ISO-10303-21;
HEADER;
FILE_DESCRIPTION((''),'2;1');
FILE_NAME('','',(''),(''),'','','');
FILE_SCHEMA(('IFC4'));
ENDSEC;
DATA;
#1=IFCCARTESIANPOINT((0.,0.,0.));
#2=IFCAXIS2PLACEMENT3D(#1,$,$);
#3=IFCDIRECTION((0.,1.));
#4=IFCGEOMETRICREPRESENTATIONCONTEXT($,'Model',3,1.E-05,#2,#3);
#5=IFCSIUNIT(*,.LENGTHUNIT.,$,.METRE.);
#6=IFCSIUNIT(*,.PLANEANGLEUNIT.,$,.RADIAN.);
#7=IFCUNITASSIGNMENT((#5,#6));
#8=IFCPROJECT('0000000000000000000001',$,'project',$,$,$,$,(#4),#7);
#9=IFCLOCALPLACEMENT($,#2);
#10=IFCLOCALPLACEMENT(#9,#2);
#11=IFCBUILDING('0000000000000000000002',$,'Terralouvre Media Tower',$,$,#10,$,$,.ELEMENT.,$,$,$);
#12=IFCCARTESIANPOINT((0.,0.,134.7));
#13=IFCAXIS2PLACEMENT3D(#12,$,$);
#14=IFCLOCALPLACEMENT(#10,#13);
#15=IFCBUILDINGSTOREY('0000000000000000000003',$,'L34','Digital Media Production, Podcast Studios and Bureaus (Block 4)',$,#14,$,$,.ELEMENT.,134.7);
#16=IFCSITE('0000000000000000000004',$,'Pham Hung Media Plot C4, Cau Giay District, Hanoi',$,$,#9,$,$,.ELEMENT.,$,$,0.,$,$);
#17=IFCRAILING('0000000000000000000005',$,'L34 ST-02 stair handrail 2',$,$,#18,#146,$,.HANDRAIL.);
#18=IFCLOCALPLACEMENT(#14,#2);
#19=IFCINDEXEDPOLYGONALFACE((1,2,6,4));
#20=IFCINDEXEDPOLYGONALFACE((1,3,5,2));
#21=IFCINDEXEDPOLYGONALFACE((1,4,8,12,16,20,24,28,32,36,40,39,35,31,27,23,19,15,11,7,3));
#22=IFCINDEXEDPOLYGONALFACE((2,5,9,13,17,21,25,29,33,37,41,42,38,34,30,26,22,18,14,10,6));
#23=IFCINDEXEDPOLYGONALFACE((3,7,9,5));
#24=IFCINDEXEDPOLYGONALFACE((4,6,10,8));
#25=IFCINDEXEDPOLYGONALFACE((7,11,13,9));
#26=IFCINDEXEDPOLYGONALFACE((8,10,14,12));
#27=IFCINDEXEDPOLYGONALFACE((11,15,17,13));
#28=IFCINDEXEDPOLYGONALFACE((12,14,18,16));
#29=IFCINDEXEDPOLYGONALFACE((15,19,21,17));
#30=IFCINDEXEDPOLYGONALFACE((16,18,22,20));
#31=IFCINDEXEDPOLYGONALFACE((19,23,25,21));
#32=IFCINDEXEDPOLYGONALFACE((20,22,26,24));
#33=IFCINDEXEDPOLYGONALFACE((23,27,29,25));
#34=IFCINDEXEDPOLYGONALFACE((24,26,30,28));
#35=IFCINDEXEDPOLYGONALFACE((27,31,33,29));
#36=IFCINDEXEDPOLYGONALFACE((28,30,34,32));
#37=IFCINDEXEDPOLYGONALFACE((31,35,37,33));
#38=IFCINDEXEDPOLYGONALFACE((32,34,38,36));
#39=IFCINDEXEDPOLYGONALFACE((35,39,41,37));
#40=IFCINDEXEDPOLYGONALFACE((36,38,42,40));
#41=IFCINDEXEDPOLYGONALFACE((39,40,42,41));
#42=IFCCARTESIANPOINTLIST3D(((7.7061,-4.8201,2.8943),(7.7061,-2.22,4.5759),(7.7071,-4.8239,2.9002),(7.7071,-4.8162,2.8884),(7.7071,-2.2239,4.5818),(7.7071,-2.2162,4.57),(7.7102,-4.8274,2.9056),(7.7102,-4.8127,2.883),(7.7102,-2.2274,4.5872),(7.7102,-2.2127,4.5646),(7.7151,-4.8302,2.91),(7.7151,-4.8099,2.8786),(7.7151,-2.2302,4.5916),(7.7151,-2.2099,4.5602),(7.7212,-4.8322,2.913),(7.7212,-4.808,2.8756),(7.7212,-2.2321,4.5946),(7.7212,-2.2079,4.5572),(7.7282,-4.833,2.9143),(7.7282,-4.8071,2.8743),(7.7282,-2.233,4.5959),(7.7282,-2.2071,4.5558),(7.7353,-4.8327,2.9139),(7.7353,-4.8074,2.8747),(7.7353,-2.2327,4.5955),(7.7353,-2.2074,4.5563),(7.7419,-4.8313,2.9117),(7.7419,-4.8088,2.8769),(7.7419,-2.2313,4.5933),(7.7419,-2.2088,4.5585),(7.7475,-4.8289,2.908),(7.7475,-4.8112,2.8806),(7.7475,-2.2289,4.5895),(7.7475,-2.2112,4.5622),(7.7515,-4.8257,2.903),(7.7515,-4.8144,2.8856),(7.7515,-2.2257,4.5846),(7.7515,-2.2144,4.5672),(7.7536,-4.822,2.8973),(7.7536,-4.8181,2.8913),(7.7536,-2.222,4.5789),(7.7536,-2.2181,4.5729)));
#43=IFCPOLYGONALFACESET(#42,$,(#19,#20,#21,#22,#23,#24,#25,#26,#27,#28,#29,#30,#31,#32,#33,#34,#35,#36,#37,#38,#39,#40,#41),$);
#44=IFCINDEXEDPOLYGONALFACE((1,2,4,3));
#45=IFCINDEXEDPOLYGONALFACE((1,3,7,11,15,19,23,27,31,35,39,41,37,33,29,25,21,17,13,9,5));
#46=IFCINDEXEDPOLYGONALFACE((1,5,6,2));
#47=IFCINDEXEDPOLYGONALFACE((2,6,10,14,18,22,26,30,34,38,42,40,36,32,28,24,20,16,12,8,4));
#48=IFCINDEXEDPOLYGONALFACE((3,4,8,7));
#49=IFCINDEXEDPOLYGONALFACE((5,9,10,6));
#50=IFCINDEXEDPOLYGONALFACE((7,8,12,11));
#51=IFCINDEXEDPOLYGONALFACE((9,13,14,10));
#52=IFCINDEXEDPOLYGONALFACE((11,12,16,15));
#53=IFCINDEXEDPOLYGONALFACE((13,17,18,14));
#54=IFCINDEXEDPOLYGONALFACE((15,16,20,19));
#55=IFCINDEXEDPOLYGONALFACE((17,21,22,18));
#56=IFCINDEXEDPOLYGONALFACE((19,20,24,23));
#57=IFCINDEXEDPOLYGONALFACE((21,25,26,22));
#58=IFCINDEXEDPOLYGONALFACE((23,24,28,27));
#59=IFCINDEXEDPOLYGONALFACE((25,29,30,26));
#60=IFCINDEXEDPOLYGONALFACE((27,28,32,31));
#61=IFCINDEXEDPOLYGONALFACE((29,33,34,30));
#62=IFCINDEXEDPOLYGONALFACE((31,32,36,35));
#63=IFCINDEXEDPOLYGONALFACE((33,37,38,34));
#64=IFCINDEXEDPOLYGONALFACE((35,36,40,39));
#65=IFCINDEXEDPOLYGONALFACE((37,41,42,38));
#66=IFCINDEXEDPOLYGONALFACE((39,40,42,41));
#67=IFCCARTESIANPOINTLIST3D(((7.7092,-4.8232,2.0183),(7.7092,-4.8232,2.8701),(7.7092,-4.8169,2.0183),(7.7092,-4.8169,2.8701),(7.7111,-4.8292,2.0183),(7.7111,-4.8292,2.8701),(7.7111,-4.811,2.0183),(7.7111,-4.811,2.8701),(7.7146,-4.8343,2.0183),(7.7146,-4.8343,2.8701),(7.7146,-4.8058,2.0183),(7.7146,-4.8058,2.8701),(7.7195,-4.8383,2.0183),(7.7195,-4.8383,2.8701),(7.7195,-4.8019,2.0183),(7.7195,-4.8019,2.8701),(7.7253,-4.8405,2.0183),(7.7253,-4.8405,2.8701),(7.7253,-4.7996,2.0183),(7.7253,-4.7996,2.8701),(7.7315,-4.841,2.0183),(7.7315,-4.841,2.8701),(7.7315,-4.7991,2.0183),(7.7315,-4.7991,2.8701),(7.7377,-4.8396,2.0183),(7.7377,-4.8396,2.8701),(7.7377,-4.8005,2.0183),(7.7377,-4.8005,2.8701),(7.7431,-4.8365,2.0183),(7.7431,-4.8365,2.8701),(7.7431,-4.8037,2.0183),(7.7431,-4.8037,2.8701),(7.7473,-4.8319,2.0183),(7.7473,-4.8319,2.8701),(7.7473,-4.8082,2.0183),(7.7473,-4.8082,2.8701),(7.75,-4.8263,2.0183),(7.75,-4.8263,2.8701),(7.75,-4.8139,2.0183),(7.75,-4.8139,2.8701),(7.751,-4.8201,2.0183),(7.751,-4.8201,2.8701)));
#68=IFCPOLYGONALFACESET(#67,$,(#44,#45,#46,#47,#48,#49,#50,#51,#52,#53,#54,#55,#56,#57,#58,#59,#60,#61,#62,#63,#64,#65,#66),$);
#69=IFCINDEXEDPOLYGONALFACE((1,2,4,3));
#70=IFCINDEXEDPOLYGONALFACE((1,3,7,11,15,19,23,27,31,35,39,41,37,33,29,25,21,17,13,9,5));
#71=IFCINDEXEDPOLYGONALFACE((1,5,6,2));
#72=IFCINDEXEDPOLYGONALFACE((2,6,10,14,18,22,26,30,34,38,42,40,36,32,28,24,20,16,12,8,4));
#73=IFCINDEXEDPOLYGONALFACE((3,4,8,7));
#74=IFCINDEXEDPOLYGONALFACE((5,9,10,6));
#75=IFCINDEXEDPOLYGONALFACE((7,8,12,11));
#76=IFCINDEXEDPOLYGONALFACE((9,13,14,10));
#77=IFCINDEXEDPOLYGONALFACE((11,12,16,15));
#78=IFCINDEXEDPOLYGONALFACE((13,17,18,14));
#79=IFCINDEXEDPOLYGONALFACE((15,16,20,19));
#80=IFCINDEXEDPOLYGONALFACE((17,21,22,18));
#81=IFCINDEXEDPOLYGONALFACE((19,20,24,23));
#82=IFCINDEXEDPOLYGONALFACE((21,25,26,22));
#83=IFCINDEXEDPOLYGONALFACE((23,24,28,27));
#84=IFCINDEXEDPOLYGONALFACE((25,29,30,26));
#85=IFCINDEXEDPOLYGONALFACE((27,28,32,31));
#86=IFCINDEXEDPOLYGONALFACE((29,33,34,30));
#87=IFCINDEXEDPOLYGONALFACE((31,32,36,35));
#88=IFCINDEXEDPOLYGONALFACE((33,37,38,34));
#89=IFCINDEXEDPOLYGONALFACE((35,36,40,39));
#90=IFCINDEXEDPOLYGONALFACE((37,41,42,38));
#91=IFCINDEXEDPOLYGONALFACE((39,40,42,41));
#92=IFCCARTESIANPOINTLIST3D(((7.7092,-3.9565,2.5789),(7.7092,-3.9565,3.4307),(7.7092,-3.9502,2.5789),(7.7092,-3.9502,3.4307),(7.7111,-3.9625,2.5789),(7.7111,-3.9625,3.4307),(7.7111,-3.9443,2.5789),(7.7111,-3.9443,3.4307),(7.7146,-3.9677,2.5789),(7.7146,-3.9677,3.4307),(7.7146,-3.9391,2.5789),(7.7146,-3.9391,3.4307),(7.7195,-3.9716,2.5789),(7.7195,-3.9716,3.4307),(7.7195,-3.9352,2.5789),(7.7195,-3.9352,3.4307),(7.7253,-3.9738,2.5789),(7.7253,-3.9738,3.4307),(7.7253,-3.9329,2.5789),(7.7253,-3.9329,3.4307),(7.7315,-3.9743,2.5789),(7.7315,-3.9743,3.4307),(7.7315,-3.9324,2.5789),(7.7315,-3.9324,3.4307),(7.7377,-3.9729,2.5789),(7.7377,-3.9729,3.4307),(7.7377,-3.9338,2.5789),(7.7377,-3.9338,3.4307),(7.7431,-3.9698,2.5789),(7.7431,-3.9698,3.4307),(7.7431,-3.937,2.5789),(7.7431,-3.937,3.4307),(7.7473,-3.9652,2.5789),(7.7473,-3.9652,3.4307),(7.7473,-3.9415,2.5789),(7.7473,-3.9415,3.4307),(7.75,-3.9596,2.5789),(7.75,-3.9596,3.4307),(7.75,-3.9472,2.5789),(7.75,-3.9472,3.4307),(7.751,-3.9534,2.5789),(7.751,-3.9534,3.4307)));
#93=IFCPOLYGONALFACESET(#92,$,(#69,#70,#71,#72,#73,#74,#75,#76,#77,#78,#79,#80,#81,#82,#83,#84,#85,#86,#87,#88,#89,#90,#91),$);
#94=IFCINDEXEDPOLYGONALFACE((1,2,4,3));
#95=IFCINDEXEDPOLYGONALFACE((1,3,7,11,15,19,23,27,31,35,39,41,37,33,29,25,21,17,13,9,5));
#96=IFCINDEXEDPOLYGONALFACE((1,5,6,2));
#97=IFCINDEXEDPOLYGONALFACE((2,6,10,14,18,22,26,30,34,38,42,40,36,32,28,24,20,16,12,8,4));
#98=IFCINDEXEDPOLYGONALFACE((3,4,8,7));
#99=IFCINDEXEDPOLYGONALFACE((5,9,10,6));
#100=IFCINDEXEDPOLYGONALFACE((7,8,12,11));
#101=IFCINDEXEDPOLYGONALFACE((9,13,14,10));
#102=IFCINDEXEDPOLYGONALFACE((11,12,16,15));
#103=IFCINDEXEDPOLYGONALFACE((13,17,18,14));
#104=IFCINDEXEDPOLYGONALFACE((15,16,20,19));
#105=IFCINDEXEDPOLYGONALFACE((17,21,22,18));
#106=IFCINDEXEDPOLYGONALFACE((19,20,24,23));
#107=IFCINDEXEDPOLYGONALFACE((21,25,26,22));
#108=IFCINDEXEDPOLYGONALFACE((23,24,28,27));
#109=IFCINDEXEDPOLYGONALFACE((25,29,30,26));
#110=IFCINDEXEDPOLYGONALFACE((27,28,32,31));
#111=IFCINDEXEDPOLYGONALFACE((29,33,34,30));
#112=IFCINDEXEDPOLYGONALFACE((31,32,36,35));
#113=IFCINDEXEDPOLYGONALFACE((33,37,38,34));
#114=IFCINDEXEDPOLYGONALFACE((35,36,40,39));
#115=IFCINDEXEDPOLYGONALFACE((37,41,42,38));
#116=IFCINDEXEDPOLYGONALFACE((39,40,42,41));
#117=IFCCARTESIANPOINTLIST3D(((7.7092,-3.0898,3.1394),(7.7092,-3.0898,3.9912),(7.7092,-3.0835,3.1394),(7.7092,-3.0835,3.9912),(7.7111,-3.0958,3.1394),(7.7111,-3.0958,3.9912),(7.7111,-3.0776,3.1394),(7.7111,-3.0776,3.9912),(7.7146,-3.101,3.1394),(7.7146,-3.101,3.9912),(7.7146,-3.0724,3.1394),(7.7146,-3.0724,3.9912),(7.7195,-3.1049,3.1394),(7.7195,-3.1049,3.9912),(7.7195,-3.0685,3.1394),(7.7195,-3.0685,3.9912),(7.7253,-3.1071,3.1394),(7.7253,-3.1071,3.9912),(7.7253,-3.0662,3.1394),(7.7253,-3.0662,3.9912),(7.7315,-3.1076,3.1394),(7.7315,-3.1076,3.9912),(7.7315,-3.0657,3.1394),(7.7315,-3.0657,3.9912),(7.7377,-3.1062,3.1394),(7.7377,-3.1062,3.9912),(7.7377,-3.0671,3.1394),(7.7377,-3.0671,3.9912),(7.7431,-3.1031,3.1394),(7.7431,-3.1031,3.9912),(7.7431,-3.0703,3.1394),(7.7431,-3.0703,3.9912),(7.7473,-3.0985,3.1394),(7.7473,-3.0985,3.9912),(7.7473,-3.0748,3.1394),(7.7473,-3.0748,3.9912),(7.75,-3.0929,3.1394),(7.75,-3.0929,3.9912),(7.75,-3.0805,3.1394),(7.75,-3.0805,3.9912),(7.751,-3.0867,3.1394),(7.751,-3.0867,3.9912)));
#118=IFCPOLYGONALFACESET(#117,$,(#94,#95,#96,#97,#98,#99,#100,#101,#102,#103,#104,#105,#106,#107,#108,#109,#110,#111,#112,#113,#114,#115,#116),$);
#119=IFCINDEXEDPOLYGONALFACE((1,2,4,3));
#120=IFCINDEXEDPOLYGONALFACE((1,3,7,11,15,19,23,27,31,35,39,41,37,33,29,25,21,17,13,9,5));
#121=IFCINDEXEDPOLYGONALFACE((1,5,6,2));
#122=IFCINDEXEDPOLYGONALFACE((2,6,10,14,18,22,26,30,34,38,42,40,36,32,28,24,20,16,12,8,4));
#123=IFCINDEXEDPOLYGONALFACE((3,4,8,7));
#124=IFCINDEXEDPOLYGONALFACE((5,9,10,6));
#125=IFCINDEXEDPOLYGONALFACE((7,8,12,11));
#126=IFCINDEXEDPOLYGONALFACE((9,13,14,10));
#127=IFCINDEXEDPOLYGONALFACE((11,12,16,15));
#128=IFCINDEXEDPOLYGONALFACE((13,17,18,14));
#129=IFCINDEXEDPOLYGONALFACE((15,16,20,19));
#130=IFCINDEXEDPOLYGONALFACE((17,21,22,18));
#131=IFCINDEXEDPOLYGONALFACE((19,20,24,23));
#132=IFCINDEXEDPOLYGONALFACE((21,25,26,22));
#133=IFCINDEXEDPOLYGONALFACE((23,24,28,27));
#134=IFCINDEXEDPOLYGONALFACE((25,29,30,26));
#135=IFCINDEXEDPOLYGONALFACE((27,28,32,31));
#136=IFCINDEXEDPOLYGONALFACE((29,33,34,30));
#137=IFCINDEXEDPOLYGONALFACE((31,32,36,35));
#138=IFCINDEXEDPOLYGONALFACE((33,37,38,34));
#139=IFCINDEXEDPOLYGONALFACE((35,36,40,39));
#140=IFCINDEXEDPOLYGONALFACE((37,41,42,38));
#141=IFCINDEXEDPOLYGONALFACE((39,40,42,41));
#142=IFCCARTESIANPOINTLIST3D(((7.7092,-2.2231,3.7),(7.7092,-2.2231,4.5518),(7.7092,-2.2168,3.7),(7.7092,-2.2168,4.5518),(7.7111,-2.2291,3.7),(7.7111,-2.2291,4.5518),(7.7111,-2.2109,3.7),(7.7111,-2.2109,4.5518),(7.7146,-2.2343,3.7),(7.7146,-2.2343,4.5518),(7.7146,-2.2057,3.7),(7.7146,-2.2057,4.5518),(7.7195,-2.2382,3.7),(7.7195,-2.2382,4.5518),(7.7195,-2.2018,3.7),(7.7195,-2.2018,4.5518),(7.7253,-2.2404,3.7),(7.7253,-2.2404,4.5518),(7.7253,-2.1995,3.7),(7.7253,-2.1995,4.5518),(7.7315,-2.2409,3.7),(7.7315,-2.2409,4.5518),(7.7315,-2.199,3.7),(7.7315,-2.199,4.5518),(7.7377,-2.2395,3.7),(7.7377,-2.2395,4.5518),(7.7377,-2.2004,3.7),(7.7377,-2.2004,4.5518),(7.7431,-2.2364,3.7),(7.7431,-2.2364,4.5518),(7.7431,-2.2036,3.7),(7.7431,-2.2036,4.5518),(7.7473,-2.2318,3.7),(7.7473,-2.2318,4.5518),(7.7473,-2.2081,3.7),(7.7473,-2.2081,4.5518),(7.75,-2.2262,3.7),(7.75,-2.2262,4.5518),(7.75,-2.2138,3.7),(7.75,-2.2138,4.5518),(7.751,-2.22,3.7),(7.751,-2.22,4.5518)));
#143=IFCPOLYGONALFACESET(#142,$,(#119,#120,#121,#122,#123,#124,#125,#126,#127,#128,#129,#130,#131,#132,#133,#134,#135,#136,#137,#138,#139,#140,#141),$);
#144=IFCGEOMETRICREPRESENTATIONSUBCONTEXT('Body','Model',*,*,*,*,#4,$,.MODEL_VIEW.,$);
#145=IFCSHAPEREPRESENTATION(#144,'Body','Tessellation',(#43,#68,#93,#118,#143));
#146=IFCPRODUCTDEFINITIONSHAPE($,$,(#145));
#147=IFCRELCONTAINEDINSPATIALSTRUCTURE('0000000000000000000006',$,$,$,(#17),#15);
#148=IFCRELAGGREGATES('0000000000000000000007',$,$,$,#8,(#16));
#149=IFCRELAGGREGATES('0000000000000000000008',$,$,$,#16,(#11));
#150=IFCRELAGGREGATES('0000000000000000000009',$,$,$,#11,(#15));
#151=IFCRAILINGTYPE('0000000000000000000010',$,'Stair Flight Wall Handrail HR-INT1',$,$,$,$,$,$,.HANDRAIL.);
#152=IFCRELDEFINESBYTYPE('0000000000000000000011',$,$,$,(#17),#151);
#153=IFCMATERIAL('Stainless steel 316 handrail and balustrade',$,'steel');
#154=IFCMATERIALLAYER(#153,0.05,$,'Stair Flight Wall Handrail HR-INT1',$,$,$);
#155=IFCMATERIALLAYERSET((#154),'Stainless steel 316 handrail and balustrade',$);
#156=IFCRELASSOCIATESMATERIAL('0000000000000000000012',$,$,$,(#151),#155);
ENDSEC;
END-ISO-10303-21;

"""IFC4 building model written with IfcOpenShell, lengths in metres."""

from ifc_helpers import new_model, si_unit, direction, frame, origin, origin_2d, place, context, subcontext, project, spatial, circle, extrude, material, layer, layer_set, type_object, element, save


model = new_model("IFC4")

# Units and contexts
model_context = context("Model", 3, precision=1e-05, world=origin(), true_north=direction((0.0, 1.0)))
body_context = subcontext(model_context, "Body", "Model", "MODEL_VIEW")
ifc_project = project(units=[si_unit("LENGTHUNIT", "METRE"), si_unit("PLANEANGLEUNIT", "RADIAN")], contexts=[model_context])

# Site, building, storey
site_placement = place(None, origin())
site = spatial("IfcSite", under=ifc_project, at=site_placement, Name="Pham Hung Media Plot C4, Cau Giay District, Hanoi", CompositionType="ELEMENT", RefElevation=0.0)
building_placement = place(site_placement, origin())
building = spatial("IfcBuilding", under=site, at=building_placement, Name="Terralouvre Media Tower", CompositionType="ELEMENT")
storey_placement = place(building_placement, frame((0.0, 0.0, 134.7)))
storey = spatial("IfcBuildingStorey", under=building, at=storey_placement, Name="L34", Description="Digital Media Production, Podcast Studios and Bureaus (Block 4)", CompositionType="ELEMENT", Elevation=134.7)

# Railing
ifc_material_1 = material(Name="Stainless steel 316 handrail and balustrade", Category="steel")
ifc_layer_1 = layer(ifc_material_1, 0.05, Name="Stair Flight Wall Handrail HR-INT1")
ifc_layer_set_1 = layer_set([ifc_layer_1], Name="Stainless steel 316 handrail and balustrade")
railing_type_1 = type_object("IfcRailingType", Name="Stair Flight Wall Handrail HR-INT1", PredefinedType="HANDRAIL", material=ifc_layer_set_1)
railing_1_placement = place(storey_placement, frame((7.73, -4.8201, 2.0183)))
element("IfcRailing", 1, at=railing_1_placement, inside=storey, type_object=railing_type_1, Name="L34 ST-02 stair handrail 2", PredefinedType="HANDRAIL", context=body_context, shape_type="SweptSolid", body=[
    extrude(circle(Radius=0.0239, at=origin_2d()), frame((0.0, 0.0, 0.876), z_axis=(0.0, 0.839684, 0.543075), x_axis=(-1.0, 0.0, 0.0)), (0.0, 0.0, 1.0), 3.0964),
    extrude(circle(Radius=0.021, at=origin_2d()), origin(), (0.0, 0.0, 1.0), 0.8518),
    extrude(circle(Radius=0.021, at=origin_2d()), frame((0.0, 0.8667, 0.5605)), (0.0, 0.0, 1.0), 0.8518),
    extrude(circle(Radius=0.021, at=origin_2d()), frame((0.0, 1.7334, 1.1211)), (0.0, 0.0, 1.0), 0.8518),
    extrude(circle(Radius=0.021, at=origin_2d()), frame((0.0, 2.6001, 1.6816)), (0.0, 0.0, 1.0), 0.8518),
])

save(model, "model.ifc")
